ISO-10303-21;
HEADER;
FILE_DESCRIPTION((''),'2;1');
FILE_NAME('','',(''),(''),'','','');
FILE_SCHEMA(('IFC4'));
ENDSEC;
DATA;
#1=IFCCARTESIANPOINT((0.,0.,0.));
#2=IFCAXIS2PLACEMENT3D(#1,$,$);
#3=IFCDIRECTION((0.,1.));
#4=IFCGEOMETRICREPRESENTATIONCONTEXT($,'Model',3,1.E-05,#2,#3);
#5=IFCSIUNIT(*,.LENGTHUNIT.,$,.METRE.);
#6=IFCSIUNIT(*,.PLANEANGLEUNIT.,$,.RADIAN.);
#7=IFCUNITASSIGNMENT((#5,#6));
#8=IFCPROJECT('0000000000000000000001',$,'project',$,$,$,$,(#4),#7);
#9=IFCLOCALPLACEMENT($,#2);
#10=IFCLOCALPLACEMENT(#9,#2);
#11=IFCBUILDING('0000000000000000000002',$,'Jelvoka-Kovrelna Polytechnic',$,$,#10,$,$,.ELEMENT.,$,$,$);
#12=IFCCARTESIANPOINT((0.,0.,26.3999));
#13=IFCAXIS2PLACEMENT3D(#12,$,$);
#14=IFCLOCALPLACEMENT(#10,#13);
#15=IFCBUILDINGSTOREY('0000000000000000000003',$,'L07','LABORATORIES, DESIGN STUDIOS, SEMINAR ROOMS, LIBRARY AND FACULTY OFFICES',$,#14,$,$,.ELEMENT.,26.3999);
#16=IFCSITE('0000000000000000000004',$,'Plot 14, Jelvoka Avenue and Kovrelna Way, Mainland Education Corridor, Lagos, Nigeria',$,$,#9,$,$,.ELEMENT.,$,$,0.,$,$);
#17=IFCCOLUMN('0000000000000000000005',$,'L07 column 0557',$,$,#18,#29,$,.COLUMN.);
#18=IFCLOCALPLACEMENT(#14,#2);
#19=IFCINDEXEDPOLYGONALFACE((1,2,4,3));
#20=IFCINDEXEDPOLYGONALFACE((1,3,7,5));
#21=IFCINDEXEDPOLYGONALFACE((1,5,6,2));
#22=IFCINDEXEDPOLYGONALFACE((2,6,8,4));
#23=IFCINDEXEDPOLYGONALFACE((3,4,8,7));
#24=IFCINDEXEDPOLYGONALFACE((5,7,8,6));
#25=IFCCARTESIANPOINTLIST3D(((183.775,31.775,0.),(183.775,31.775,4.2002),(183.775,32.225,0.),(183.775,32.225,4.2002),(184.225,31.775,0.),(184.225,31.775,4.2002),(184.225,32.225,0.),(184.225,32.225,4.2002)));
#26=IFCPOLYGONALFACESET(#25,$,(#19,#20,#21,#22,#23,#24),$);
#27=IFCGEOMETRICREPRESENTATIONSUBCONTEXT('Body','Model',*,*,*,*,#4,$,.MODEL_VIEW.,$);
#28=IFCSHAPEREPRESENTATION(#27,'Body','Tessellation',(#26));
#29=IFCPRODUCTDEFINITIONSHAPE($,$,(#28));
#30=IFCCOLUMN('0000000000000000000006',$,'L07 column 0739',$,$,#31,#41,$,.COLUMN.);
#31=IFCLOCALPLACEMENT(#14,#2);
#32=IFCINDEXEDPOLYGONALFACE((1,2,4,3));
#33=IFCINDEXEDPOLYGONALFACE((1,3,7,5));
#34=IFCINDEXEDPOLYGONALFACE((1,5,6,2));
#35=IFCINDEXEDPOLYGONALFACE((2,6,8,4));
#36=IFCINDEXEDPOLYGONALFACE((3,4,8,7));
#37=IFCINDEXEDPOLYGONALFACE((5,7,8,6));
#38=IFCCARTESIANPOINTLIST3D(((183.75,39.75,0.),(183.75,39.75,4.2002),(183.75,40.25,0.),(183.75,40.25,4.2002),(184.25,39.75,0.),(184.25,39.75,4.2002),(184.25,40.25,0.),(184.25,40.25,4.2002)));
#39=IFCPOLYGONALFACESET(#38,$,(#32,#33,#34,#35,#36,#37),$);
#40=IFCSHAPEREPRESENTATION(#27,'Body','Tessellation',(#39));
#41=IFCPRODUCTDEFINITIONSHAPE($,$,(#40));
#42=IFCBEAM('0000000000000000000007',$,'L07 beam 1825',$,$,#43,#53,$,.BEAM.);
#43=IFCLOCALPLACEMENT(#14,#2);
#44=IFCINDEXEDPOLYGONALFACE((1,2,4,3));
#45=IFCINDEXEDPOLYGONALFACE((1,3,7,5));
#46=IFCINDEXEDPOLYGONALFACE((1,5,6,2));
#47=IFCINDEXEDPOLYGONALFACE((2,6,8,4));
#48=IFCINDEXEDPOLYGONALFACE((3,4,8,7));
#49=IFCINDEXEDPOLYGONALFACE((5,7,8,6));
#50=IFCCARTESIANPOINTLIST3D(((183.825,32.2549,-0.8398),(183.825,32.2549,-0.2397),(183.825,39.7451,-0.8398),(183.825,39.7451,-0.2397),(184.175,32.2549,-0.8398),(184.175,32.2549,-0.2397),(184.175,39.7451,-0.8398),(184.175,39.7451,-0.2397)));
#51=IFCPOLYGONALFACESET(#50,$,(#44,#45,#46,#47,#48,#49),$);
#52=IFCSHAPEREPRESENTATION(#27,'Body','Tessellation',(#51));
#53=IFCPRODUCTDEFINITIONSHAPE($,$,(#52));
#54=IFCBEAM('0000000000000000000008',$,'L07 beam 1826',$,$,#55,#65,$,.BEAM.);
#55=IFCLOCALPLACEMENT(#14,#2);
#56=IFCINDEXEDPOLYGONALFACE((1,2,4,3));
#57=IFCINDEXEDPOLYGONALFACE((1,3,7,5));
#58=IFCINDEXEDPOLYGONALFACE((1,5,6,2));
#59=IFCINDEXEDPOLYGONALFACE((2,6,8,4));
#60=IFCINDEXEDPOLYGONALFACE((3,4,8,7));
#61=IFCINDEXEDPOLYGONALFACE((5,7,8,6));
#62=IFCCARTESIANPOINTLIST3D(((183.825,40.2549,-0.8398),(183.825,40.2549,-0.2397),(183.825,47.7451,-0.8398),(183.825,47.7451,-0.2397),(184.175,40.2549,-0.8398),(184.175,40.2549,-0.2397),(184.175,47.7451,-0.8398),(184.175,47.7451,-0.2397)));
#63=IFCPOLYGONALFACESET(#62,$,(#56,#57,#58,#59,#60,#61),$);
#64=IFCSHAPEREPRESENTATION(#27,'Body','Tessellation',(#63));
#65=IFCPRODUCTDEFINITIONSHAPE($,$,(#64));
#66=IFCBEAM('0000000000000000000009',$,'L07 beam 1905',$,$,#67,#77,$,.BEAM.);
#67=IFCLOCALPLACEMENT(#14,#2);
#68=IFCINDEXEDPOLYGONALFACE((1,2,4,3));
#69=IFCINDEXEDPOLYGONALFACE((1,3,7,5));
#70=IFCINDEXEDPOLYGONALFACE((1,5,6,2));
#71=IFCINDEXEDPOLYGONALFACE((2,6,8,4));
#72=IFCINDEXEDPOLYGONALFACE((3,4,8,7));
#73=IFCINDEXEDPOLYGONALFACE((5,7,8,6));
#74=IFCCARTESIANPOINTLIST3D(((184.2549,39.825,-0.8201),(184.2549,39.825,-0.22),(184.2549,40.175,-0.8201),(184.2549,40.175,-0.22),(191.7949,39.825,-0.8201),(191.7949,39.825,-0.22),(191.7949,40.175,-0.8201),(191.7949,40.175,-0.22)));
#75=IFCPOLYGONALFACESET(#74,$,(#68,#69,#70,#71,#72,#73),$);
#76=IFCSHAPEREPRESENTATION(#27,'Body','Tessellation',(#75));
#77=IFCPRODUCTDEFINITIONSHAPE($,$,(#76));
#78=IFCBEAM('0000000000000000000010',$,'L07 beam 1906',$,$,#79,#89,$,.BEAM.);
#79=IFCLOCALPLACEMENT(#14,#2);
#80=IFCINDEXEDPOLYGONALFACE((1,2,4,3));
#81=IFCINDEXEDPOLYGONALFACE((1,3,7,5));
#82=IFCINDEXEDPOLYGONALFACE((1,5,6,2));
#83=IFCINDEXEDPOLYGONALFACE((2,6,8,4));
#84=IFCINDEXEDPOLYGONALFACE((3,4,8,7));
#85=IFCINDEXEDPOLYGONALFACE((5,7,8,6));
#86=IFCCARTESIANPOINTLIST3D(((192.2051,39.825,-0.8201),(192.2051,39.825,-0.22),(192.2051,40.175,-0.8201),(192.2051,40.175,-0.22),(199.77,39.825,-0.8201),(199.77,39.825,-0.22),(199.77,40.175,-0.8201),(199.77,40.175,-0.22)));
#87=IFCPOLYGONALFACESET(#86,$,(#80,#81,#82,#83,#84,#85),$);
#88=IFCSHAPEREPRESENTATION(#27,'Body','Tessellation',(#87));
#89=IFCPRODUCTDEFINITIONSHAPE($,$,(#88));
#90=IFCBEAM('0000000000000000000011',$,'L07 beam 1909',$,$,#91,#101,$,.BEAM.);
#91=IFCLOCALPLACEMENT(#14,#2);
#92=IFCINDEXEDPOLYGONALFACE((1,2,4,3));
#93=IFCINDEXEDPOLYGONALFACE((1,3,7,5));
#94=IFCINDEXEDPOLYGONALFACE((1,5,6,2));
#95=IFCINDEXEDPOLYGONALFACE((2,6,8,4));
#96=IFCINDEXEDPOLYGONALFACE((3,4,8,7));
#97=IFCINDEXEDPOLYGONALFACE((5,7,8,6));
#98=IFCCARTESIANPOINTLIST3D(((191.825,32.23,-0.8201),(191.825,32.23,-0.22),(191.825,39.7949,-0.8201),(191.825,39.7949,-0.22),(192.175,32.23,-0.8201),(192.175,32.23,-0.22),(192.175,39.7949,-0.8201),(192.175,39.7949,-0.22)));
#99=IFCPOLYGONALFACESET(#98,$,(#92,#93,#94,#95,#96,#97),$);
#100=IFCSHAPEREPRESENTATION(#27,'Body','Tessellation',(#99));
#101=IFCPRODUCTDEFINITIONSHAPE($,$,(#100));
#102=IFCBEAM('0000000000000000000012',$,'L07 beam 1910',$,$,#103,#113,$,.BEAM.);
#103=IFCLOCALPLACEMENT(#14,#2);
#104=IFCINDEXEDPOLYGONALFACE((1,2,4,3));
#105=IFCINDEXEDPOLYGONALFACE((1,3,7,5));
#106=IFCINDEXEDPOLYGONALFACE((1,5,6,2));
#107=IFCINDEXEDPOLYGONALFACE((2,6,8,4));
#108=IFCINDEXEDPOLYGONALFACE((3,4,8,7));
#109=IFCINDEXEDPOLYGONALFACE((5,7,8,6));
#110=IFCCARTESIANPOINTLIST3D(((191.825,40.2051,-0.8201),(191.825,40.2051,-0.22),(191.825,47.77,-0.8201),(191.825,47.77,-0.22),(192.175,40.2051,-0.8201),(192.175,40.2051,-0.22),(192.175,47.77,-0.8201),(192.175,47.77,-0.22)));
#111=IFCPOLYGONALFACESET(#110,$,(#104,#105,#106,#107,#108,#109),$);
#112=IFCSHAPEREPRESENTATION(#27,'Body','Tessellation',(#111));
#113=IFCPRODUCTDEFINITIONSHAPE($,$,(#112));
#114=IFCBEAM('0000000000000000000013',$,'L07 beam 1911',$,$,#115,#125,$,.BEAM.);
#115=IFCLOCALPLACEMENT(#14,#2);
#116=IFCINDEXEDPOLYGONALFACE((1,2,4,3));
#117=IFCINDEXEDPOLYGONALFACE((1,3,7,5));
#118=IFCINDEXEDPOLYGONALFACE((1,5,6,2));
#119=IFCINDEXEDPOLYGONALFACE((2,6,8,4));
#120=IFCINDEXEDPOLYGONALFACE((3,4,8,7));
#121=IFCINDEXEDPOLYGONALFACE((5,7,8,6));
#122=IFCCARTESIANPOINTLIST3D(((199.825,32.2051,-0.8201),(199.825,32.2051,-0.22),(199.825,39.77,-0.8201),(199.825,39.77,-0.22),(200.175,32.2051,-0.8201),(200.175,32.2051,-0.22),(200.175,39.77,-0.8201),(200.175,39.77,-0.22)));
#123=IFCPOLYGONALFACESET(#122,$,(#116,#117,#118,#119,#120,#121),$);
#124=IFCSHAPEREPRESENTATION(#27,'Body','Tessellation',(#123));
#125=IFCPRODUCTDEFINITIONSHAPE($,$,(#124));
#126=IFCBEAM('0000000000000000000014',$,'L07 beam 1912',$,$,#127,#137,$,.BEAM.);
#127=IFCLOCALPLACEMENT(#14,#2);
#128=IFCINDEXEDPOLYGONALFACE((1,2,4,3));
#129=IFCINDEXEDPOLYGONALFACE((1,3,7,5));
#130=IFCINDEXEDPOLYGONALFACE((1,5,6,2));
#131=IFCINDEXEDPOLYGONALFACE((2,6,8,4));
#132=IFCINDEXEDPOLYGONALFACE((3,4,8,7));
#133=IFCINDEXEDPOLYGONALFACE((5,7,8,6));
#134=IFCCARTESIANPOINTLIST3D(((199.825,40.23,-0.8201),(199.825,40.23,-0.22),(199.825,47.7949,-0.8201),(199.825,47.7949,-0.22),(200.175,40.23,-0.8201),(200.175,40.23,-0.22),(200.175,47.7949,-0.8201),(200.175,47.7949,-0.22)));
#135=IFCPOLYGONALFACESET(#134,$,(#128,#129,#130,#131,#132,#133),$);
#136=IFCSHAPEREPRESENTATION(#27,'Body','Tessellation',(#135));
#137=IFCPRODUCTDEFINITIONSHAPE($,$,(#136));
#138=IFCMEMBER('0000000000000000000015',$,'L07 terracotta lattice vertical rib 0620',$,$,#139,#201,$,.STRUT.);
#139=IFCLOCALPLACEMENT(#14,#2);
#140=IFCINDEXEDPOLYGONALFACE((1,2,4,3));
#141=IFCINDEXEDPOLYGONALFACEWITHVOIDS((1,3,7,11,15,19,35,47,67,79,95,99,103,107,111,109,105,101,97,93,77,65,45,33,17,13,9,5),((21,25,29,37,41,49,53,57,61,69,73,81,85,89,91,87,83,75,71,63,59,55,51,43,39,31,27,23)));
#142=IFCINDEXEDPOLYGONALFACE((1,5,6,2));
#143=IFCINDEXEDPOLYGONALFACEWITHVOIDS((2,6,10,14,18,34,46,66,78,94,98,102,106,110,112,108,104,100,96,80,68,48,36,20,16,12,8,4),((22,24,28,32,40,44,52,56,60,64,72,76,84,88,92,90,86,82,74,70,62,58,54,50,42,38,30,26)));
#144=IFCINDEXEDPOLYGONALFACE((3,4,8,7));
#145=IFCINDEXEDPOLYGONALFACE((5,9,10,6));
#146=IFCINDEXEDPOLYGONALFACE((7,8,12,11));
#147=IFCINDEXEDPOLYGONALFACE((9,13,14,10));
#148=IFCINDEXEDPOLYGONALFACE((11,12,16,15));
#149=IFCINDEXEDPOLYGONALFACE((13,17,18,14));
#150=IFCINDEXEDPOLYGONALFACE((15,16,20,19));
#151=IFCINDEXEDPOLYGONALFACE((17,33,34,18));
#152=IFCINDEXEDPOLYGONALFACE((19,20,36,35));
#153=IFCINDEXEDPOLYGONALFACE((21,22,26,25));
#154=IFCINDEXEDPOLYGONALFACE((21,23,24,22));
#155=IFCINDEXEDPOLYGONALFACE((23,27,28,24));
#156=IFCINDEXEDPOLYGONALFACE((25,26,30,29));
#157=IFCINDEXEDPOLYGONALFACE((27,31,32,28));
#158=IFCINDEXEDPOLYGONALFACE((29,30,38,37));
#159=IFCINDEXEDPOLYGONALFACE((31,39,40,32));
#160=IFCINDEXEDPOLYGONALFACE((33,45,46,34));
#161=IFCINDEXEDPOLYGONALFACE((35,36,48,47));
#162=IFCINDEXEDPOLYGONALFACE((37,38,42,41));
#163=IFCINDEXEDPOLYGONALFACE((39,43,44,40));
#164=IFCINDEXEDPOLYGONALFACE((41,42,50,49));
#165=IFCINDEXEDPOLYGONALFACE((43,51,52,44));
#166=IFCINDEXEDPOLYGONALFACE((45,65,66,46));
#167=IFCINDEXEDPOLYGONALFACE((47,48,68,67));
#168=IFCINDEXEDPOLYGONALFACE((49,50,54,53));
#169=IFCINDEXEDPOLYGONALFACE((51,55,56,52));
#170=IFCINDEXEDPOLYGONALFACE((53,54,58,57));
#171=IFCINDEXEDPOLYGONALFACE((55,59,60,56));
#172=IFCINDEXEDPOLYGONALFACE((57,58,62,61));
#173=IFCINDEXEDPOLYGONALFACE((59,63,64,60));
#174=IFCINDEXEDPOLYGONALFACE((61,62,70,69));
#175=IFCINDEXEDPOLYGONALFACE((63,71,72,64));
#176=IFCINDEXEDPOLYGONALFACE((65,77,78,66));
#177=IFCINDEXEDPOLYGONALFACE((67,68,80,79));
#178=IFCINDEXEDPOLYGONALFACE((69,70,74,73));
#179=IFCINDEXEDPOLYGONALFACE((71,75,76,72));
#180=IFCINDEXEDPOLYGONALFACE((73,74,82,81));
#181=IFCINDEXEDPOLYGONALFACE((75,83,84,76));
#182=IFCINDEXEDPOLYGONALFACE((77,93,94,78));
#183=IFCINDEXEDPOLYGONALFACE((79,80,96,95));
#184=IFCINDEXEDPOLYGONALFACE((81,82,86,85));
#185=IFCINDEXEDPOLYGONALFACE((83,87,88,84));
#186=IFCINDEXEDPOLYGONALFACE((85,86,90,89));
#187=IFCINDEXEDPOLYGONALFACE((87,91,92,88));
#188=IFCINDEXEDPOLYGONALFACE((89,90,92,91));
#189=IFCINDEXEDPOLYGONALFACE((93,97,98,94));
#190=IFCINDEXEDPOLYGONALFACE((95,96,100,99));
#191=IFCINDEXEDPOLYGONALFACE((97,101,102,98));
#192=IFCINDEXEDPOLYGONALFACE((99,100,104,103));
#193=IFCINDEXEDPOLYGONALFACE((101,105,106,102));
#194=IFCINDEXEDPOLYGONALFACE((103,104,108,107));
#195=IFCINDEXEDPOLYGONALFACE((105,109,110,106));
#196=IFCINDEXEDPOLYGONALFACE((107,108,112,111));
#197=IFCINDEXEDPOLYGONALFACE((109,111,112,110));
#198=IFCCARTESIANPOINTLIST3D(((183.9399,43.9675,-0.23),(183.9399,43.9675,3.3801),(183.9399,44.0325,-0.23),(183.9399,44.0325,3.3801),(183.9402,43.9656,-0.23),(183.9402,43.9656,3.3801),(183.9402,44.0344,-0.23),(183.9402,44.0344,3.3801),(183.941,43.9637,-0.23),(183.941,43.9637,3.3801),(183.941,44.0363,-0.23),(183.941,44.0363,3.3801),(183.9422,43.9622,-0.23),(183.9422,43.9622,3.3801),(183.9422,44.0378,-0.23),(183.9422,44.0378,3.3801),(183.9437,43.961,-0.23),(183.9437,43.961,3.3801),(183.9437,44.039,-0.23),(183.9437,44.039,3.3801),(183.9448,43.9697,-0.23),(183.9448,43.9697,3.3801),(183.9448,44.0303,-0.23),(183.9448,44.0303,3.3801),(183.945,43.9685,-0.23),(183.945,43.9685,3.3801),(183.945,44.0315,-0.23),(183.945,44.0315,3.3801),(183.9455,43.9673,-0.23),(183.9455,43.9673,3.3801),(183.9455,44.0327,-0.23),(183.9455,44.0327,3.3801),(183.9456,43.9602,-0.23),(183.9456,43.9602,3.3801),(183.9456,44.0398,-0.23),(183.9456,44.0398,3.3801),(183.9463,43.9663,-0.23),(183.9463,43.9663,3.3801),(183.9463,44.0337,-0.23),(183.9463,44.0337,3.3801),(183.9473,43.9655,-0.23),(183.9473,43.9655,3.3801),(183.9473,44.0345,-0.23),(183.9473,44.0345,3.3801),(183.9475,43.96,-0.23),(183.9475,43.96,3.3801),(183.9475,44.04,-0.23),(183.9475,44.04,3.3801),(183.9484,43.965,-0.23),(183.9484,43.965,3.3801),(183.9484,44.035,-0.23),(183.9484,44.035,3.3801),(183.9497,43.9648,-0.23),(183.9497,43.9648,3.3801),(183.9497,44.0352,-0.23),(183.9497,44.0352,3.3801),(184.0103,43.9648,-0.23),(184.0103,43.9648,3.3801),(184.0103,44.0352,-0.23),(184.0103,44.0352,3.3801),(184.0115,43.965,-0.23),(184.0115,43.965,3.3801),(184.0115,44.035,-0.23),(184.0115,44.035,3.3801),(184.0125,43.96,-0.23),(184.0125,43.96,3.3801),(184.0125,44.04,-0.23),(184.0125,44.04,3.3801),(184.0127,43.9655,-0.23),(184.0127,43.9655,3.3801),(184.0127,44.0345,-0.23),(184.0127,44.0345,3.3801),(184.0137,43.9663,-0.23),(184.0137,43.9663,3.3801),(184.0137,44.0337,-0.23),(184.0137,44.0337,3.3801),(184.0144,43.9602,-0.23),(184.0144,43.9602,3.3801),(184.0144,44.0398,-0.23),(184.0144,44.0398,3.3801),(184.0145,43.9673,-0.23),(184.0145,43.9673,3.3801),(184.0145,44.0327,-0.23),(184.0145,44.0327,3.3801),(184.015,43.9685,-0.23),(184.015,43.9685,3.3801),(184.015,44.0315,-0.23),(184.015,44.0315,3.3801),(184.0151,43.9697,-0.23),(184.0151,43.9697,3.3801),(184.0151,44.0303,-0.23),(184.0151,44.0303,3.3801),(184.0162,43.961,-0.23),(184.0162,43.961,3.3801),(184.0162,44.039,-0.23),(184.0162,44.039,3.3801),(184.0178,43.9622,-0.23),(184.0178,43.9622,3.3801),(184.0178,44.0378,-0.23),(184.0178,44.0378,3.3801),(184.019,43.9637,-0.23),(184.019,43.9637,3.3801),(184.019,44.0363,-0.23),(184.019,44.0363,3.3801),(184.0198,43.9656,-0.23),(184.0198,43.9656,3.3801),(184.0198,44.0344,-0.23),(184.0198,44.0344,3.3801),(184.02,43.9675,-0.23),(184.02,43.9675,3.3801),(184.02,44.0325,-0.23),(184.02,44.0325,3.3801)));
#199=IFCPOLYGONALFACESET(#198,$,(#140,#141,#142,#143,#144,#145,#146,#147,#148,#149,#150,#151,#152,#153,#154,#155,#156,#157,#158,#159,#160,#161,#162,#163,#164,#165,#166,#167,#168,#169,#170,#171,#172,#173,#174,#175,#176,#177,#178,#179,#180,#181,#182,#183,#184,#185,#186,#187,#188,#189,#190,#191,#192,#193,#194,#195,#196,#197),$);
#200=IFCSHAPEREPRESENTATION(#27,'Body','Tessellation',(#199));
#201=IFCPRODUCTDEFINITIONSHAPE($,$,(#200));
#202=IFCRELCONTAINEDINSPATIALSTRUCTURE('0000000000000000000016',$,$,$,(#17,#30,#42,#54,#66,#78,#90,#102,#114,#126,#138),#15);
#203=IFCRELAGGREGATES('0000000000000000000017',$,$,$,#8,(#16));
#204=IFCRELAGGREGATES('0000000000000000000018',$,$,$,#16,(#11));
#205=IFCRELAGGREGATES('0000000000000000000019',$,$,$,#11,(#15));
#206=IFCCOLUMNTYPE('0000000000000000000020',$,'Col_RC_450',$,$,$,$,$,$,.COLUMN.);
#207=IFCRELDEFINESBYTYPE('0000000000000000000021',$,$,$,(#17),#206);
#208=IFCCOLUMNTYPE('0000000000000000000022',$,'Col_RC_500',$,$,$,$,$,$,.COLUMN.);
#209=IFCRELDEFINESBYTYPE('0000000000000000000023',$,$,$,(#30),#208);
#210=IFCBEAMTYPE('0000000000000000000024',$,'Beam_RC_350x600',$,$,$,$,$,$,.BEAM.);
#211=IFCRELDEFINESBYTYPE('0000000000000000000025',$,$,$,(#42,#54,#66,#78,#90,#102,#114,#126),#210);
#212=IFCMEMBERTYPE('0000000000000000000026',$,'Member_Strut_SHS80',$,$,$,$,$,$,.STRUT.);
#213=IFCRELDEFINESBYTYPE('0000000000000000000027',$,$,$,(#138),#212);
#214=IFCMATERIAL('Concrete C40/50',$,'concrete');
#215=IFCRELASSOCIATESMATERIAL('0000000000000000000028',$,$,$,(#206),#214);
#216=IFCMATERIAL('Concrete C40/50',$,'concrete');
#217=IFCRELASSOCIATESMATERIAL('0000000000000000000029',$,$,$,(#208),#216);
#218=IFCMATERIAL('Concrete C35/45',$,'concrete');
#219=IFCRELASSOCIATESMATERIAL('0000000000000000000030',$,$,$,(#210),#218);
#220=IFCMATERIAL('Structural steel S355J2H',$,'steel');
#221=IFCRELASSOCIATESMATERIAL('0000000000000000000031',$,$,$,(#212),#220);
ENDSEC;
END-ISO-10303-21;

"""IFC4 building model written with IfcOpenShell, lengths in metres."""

from ifc_helpers import new_model, si_unit, direction, frame, origin, origin_2d, place, context, subcontext, project, spatial, rectangle, hollow_rectangle, extrude, material, material_profile, profile_set, type_object, element, save


model = new_model("IFC4")

# Units and contexts
model_context = context("Model", 3, precision=1e-05, world=origin(), true_north=direction((0.0, 1.0)))
body_context = subcontext(model_context, "Body", "Model", "MODEL_VIEW")
ifc_project = project(units=[si_unit("LENGTHUNIT", "METRE"), si_unit("PLANEANGLEUNIT", "RADIAN")], contexts=[model_context])

# Site, building, storey
site_placement = place(None, origin())
site = spatial("IfcSite", under=ifc_project, at=site_placement, Name="Plot 14, Jelvoka Avenue and Kovrelna Way, Mainland Education Corridor, Lagos, Nigeria", CompositionType="ELEMENT", RefElevation=0.0)
building_placement = place(site_placement, origin())
building = spatial("IfcBuilding", under=site, at=building_placement, Name="Jelvoka-Kovrelna Polytechnic", CompositionType="ELEMENT")
storey_placement = place(building_placement, frame((0.0, 0.0, 26.3999)))
storey = spatial("IfcBuildingStorey", under=building, at=storey_placement, Name="L07", Description="LABORATORIES, DESIGN STUDIOS, SEMINAR ROOMS, LIBRARY AND FACULTY OFFICES", CompositionType="ELEMENT", Elevation=26.3999)

# Columns
ifc_material_1 = material(Name="Concrete C40/50", Category="concrete")
ifc_material_profile_1 = material_profile(ifc_material_1, rectangle(XDim=0.45, YDim=0.45, at=origin_2d()), Name="RC 450x450")
ifc_profile_set_1 = profile_set([ifc_material_profile_1], Name="Concrete C40/50")
column_type_1 = type_object("IfcColumnType", Name="Col_RC_450", PredefinedType="COLUMN", material=ifc_profile_set_1)
column_1_placement = place(storey_placement, frame((184.0, 32.0, 0.0), z_axis=(0.0, 0.0, 1.0), x_axis=(1.0, 0.0, 0.0)))
element("IfcColumn", 1, at=column_1_placement, inside=storey, type_object=column_type_1, Name="L07 column 0557", PredefinedType="COLUMN", context=body_context, shape_type="SweptSolid", body=[
    extrude(rectangle(XDim=0.45, YDim=0.45, at=origin_2d()), origin(), (0.0, 0.0, 1.0), 4.2002),
])
ifc_material_2 = material(Name="Concrete C40/50", Category="concrete")
ifc_material_profile_2 = material_profile(ifc_material_2, rectangle(XDim=0.5, YDim=0.5, at=origin_2d()), Name="RC 500x500")
ifc_profile_set_2 = profile_set([ifc_material_profile_2], Name="Concrete C40/50")
column_type_2 = type_object("IfcColumnType", Name="Col_RC_500", PredefinedType="COLUMN", material=ifc_profile_set_2)
column_2_placement = place(storey_placement, frame((184.0, 40.0, 0.0), z_axis=(0.0, 0.0, 1.0), x_axis=(1.0, 0.0, 0.0)))
element("IfcColumn", 2, at=column_2_placement, inside=storey, type_object=column_type_2, Name="L07 column 0739", PredefinedType="COLUMN", context=body_context, shape_type="SweptSolid", body=[
    extrude(rectangle(XDim=0.5, YDim=0.5, at=origin_2d()), origin(), (0.0, 0.0, 1.0), 4.2002),
])

# Beams
ifc_material_3 = material(Name="Concrete C35/45", Category="concrete")
ifc_material_profile_3 = material_profile(ifc_material_3, rectangle(XDim=0.3501, YDim=0.6001, at=origin_2d()), Name="RC 350x600")
ifc_profile_set_3 = profile_set([ifc_material_profile_3], Name="Concrete C35/45")
beam_type_1 = type_object("IfcBeamType", Name="Beam_RC_350x600", PredefinedType="BEAM", material=ifc_profile_set_3)
for number, where, z_axis, x_axis, name in (
    (3, (184.0, 32.2549, -0.5398), (0.0, 1.0, 0.0), (-1.0, 0.0, 0.0), "L07 beam 1825"),
    (4, (184.0, 40.2549, -0.5398), (0.0, 1.0, 0.0), (-1.0, 0.0, 0.0), "L07 beam 1826"),
):
    element("IfcBeam", number, at=place(storey_placement, frame(where, z_axis=z_axis, x_axis=x_axis)), inside=storey, type_object=beam_type_1, Name=name, PredefinedType="BEAM", context=body_context, shape_type="SweptSolid", body=[
        extrude(rectangle(XDim=0.3501, YDim=0.6001, at=origin_2d()), origin(), (0.0, 0.0, 1.0), 7.4902),
    ])
beam_1_placement = place(storey_placement, frame((184.2549, 40.0, -0.52), z_axis=(1.0, 0.0, 0.0), x_axis=(0.0, 1.0, 0.0)))
element("IfcBeam", 5, at=beam_1_placement, inside=storey, type_object=beam_type_1, Name="L07 beam 1905", PredefinedType="BEAM", context=body_context, shape_type="SweptSolid", body=[
    extrude(rectangle(XDim=0.3501, YDim=0.6001, at=origin_2d()), origin(), (0.0, 0.0, 1.0), 7.54),
])
for number, where, z_axis, x_axis, name in (
    (6, (192.2051, 40.0, -0.52), (1.0, 0.0, 0.0), (0.0, 1.0, 0.0), "L07 beam 1906"),
    (7, (192.0, 32.23, -0.52), (0.0, 1.0, 0.0), (-1.0, 0.0, 0.0), "L07 beam 1909"),
    (8, (192.0, 40.2051, -0.52), (0.0, 1.0, 0.0), (-1.0, 0.0, 0.0), "L07 beam 1910"),
    (9, (200.0, 32.2051, -0.52), (0.0, 1.0, 0.0), (-1.0, 0.0, 0.0), "L07 beam 1911"),
    (10, (200.0, 40.23, -0.52), (0.0, 1.0, 0.0), (-1.0, 0.0, 0.0), "L07 beam 1912"),
):
    element("IfcBeam", number, at=place(storey_placement, frame(where, z_axis=z_axis, x_axis=x_axis)), inside=storey, type_object=beam_type_1, Name=name, PredefinedType="BEAM", context=body_context, shape_type="SweptSolid", body=[
        extrude(rectangle(XDim=0.3501, YDim=0.6001, at=origin_2d()), origin(), (0.0, 0.0, 1.0), 7.5649),
    ])

# Member
ifc_material_4 = material(Name="Structural steel S355J2H", Category="steel")
ifc_material_profile_4 = material_profile(ifc_material_4, hollow_rectangle(XDim=0.0801, YDim=0.0801, WallThickness=0.0049, InnerFilletRadius=0.0049, OuterFilletRadius=0.0076, at=origin_2d()), Name="80x80x5.0 SHS")
ifc_profile_set_4 = profile_set([ifc_material_profile_4], Name="Structural steel S355J2H")
member_type = type_object("IfcMemberType", Name="Member_Strut_SHS80", PredefinedType="STRUT", material=ifc_profile_set_4)
member_placement = place(storey_placement, frame((183.98, 44.0, -0.23), z_axis=(0.0, 0.0, 1.0), x_axis=(1.0, 0.0, 0.0)))
element("IfcMember", 11, at=member_placement, inside=storey, type_object=member_type, Name="L07 terracotta lattice vertical rib 0620", PredefinedType="STRUT", context=body_context, shape_type="SweptSolid", body=[
    extrude(hollow_rectangle(XDim=0.0801, YDim=0.0801, WallThickness=0.0049, InnerFilletRadius=0.0049, OuterFilletRadius=0.0076, at=origin_2d()), origin(), (0.0, 0.0, 1.0), 3.6101),
])

save(model, "model.ifc")
